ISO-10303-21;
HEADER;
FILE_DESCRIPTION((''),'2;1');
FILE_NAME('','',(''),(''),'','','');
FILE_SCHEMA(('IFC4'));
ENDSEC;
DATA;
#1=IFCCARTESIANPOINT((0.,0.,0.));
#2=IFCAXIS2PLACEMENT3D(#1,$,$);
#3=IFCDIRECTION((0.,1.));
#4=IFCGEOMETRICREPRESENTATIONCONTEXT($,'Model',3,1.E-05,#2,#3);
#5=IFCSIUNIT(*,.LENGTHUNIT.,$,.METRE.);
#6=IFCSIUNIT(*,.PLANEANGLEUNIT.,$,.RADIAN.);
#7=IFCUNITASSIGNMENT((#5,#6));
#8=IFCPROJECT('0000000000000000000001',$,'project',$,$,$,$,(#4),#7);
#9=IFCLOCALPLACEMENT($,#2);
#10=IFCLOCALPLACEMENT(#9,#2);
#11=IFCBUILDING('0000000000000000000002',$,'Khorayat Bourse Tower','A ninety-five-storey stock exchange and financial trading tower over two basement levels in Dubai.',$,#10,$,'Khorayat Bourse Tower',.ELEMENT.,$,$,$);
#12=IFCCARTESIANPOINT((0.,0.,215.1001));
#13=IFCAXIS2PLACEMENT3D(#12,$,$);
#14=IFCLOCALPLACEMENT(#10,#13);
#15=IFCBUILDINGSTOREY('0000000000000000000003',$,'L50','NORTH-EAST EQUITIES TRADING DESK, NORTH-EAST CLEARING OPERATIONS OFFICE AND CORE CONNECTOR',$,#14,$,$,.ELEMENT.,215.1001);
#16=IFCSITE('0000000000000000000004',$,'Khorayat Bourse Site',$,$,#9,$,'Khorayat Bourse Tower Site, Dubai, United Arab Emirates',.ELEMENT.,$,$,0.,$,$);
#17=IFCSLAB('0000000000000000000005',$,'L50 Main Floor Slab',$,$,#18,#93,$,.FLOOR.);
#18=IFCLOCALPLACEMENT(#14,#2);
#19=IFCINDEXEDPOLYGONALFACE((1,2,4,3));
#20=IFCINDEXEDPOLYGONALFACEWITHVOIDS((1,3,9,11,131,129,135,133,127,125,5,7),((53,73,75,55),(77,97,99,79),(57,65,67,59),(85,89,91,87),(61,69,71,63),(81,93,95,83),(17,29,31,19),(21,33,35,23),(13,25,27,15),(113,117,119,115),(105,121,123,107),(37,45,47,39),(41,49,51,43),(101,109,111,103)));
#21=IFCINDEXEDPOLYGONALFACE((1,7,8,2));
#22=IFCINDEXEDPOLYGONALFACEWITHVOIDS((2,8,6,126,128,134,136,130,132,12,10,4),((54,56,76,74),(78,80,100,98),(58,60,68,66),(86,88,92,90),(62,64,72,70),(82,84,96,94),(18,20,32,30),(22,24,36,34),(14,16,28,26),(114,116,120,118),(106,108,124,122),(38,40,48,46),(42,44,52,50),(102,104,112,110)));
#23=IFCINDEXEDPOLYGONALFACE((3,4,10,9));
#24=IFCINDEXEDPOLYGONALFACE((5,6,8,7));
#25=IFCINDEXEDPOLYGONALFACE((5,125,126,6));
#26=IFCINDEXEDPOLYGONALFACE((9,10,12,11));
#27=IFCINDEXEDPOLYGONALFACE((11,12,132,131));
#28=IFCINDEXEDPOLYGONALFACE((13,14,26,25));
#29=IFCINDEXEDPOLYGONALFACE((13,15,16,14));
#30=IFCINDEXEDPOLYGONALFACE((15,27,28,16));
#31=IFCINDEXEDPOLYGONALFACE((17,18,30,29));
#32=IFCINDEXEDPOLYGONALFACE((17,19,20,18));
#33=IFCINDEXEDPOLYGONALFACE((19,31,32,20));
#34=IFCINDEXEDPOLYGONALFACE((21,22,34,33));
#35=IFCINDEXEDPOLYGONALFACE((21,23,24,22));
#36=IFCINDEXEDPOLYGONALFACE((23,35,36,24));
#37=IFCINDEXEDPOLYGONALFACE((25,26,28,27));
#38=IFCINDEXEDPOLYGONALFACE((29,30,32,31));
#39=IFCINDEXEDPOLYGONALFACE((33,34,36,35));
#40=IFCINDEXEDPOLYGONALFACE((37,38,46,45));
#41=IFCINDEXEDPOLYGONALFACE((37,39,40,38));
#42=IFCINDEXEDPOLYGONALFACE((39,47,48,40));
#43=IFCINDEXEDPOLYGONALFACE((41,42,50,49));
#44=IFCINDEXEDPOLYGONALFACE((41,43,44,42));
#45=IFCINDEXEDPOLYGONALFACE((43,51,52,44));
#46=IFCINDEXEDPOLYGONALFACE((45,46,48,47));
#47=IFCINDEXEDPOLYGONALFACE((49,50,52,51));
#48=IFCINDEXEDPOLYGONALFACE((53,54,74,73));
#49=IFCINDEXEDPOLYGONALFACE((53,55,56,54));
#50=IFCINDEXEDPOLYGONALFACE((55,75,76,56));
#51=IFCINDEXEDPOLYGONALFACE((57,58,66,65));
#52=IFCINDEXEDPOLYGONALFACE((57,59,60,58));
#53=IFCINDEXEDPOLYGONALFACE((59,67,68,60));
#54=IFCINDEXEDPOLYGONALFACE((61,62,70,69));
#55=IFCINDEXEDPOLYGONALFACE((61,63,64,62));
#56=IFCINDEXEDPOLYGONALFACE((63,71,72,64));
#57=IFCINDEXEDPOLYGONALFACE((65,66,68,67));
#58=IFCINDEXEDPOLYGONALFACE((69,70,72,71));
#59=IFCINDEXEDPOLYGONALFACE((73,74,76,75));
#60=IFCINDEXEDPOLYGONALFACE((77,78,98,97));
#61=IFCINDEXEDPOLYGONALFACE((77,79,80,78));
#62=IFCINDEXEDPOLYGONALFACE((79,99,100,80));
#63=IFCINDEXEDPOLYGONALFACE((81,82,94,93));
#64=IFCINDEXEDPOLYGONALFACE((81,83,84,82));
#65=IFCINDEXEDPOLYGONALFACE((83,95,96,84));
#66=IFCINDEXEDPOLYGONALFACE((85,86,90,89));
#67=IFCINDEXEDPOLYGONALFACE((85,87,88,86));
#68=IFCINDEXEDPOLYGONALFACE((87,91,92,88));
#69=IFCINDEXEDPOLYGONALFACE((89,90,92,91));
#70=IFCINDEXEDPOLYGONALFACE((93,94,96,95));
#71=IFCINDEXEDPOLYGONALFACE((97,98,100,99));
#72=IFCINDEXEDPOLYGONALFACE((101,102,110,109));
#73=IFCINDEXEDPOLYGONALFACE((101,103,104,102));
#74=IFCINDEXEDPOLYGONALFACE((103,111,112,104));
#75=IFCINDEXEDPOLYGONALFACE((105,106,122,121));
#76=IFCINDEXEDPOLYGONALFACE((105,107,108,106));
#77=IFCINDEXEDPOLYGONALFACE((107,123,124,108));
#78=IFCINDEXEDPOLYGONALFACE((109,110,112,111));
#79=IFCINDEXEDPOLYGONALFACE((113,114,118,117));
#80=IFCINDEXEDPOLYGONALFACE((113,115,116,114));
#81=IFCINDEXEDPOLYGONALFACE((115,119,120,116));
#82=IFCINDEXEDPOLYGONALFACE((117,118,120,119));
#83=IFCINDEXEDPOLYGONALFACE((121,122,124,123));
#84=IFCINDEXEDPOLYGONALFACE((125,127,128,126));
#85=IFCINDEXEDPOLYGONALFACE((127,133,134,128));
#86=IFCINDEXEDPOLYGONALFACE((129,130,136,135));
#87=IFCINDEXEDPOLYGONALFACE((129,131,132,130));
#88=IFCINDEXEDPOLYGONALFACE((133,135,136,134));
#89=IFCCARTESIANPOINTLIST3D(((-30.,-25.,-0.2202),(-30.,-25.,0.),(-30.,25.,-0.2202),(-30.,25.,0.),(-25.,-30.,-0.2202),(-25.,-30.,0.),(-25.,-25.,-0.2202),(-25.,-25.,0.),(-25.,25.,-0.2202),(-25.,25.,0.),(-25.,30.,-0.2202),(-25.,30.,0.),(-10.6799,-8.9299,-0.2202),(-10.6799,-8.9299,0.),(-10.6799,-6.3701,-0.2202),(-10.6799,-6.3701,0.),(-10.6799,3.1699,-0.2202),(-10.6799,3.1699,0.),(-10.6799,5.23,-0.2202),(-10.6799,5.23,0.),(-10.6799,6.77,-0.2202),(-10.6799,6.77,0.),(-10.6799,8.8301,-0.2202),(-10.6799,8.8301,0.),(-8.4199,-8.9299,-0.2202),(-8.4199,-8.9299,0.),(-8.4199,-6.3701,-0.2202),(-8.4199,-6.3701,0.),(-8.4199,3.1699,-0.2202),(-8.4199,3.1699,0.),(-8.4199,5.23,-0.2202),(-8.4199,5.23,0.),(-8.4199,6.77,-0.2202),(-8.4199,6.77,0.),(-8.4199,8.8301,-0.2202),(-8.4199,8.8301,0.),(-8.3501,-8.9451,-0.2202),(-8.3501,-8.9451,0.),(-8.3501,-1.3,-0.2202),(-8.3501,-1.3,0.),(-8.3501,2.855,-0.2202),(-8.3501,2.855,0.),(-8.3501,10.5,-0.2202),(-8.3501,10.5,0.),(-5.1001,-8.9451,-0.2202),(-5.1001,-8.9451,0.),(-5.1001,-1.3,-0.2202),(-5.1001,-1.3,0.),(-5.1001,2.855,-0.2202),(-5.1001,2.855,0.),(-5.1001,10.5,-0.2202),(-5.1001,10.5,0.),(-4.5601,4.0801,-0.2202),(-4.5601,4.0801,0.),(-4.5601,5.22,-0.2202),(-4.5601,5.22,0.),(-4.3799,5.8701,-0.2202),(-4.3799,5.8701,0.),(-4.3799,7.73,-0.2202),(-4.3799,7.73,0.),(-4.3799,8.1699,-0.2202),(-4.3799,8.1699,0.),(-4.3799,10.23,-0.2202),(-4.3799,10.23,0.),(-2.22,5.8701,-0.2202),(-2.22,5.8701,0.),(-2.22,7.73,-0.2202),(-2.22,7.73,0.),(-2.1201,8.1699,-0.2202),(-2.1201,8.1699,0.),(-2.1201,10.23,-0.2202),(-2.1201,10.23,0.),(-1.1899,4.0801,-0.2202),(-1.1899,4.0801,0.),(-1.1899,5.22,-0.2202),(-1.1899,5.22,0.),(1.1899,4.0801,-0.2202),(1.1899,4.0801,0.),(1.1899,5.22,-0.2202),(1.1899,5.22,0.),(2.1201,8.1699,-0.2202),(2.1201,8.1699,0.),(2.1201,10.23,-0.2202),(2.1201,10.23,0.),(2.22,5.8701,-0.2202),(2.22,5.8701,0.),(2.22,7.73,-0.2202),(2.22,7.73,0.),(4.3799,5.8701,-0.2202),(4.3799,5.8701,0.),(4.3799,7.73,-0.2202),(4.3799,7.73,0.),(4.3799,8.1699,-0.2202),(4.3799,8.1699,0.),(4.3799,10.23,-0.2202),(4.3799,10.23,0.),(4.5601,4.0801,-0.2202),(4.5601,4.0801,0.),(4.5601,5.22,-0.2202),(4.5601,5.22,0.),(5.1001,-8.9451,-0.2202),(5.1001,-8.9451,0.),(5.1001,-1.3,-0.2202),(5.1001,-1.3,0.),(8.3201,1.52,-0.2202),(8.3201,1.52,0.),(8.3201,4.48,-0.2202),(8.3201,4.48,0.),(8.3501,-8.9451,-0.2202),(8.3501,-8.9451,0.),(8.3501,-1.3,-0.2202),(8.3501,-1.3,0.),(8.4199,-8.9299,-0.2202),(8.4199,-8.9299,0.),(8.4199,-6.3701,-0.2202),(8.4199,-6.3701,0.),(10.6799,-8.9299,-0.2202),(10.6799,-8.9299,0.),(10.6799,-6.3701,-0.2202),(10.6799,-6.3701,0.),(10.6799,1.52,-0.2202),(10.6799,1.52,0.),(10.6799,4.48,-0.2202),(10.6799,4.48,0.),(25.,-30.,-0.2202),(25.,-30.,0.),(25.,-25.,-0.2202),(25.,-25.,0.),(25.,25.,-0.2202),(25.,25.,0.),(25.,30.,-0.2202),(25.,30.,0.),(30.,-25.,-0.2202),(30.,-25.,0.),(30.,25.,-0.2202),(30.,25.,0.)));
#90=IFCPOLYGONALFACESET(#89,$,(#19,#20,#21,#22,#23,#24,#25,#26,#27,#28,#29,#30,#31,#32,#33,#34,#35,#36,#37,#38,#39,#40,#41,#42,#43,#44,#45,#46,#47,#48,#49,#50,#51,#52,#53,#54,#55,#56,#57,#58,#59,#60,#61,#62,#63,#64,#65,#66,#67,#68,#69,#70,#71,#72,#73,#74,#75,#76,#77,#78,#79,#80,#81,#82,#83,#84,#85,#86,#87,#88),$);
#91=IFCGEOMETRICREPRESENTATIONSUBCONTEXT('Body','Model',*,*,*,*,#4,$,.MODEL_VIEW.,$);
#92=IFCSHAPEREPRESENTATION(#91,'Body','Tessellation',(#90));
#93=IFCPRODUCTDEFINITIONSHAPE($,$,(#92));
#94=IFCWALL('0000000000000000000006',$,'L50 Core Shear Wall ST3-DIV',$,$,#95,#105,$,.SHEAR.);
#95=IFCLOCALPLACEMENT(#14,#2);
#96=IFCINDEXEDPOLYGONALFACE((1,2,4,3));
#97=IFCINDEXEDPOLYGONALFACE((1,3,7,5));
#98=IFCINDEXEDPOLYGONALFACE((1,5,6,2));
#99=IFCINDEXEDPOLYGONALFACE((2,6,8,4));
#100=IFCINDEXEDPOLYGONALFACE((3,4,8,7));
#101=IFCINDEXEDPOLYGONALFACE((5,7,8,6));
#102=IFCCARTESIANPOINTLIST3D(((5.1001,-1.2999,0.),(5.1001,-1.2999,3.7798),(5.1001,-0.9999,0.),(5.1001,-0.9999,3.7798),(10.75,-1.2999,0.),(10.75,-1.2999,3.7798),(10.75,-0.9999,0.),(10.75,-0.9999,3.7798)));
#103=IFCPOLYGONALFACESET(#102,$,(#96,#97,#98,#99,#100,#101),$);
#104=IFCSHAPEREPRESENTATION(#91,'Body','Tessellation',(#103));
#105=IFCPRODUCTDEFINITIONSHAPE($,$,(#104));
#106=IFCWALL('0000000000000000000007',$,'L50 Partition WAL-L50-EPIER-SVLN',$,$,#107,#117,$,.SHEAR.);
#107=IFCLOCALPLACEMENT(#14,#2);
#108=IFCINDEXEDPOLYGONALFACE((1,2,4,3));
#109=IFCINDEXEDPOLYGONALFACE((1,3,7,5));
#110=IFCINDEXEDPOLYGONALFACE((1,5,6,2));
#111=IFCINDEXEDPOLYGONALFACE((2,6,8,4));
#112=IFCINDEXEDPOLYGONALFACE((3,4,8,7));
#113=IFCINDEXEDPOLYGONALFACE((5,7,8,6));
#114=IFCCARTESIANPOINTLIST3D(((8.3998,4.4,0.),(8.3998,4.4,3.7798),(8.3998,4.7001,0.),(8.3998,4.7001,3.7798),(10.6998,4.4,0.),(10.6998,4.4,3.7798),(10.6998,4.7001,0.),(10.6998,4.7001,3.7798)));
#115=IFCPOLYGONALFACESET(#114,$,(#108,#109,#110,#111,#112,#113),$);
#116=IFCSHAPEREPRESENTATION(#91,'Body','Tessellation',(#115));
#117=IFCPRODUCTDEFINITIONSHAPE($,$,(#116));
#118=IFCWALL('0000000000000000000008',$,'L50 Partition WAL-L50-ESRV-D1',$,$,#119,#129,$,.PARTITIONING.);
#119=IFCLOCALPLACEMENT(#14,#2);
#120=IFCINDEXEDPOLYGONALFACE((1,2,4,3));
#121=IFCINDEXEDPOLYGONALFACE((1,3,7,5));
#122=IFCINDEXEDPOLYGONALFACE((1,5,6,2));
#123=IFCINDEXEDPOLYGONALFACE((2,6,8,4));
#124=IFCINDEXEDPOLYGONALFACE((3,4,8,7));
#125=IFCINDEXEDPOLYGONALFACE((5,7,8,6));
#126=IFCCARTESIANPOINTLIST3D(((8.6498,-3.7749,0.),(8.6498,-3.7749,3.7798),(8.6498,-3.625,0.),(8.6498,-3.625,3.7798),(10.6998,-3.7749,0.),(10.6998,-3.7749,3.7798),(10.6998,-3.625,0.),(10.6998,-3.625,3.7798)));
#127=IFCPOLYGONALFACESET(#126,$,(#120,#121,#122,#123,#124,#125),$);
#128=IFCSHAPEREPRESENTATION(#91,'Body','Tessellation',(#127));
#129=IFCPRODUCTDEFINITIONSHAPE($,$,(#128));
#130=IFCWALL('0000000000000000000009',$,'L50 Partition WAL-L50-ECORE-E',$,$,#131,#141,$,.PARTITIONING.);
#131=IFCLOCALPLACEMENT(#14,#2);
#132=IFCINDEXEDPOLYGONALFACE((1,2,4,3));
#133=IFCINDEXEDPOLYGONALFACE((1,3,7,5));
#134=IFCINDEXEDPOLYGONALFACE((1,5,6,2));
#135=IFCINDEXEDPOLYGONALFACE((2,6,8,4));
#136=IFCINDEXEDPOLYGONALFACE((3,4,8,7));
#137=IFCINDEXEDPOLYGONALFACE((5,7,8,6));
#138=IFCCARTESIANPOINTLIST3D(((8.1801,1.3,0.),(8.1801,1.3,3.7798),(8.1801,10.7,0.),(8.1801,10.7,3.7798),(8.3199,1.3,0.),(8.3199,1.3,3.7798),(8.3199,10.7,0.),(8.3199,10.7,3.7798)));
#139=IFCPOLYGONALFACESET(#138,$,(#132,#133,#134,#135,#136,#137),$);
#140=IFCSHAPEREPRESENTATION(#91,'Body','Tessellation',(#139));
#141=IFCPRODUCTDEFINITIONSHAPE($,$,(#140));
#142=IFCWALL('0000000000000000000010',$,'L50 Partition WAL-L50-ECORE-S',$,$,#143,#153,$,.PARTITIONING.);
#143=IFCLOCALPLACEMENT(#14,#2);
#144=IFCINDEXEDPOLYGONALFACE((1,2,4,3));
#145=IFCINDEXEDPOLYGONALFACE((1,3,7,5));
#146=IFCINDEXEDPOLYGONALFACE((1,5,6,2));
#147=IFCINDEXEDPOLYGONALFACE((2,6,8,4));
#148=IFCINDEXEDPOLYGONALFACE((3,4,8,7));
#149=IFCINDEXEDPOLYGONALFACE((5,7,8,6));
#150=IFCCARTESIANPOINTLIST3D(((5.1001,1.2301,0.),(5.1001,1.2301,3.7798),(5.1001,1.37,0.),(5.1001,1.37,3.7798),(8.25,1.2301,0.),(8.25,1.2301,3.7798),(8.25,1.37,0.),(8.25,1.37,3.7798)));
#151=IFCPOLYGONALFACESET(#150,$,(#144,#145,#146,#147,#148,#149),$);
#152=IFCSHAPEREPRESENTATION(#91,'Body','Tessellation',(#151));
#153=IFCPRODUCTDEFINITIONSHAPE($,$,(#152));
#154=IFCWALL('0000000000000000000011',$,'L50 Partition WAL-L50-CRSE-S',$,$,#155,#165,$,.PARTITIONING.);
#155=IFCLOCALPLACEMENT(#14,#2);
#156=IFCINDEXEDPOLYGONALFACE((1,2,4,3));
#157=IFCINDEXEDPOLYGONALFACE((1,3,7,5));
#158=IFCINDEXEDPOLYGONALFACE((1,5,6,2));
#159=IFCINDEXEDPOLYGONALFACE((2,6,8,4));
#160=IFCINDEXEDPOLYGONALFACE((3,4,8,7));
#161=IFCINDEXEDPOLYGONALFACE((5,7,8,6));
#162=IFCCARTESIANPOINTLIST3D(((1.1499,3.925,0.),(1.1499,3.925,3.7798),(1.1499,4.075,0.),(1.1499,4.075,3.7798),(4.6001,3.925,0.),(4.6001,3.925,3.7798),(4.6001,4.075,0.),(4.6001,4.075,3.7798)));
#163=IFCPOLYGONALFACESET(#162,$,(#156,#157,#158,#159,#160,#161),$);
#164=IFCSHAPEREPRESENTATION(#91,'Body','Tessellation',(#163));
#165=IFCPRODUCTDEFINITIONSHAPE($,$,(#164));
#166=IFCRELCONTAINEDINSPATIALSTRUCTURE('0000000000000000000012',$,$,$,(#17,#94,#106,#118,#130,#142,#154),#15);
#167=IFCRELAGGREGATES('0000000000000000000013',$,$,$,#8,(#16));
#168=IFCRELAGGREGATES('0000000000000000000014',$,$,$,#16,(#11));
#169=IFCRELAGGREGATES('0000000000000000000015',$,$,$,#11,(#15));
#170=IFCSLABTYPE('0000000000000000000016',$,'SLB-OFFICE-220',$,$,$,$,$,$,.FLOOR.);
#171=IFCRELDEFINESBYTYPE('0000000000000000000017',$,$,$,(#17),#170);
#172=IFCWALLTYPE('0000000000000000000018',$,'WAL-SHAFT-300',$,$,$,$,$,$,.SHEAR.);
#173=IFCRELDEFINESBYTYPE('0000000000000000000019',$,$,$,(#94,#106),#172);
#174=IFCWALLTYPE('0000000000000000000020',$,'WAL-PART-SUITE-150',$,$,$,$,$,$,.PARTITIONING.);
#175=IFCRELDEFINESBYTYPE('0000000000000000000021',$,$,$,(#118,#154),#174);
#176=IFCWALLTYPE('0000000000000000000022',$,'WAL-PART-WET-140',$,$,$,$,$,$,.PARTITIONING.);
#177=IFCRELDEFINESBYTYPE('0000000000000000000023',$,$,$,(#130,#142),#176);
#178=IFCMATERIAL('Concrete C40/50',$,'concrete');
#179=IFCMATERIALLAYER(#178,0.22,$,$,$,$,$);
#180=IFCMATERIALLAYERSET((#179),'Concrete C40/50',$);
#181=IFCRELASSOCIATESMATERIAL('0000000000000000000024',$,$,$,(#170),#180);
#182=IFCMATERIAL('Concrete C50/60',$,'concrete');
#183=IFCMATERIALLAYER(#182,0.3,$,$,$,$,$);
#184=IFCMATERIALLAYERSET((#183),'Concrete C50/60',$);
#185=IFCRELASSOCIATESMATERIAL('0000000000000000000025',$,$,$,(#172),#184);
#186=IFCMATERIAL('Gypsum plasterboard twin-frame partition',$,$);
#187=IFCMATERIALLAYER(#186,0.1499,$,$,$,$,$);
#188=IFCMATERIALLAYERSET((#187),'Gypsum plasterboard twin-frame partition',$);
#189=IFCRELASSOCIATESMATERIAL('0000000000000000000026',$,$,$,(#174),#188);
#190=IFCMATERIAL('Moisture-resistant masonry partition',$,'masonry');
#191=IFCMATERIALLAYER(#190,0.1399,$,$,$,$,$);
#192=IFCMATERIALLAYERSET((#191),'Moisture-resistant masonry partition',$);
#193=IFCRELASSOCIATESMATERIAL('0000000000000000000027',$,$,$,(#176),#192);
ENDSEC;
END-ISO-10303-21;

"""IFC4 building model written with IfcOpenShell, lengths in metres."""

from ifc_helpers import new_model, si_unit, direction, frame, frame_2d, origin, place, context, subcontext, project, spatial, polyline, rectangle, outline, extrude, source, transform, mapped, material, layer, layer_set, type_object, element, save


model = new_model("IFC4")

# Units and contexts
model_context = context("Model", 3, precision=1e-05, world=origin(), true_north=direction((0.0, 1.0)))
body_context = subcontext(model_context, "Body", "Model", "MODEL_VIEW")
ifc_project = project(units=[si_unit("LENGTHUNIT", "METRE"), si_unit("PLANEANGLEUNIT", "RADIAN")], contexts=[model_context])

# Site, building, storey
site_placement = place(None, origin())
site = spatial("IfcSite", under=ifc_project, at=site_placement, Name="Khorayat Bourse Site", LongName="Khorayat Bourse Tower Site, Dubai, United Arab Emirates", CompositionType="ELEMENT", RefElevation=0.0)
building_placement = place(site_placement, origin())
building = spatial("IfcBuilding", under=site, at=building_placement, Name="Khorayat Bourse Tower", Description="A ninety-five-storey stock exchange and financial trading tower over two basement levels in Dubai.", LongName="Khorayat Bourse Tower", CompositionType="ELEMENT")
storey_placement = place(building_placement, frame((0.0, 0.0, 215.1001)))
storey = spatial("IfcBuildingStorey", under=building, at=storey_placement, Name="L50", Description="NORTH-EAST EQUITIES TRADING DESK, NORTH-EAST CLEARING OPERATIONS OFFICE AND CORE CONNECTOR", CompositionType="ELEMENT", Elevation=215.1001)

# Shared definitions
ifc_material_1 = material(Name="Concrete C40/50", Category="concrete")

# Slab
ifc_layer_1 = layer(ifc_material_1, 0.22)
ifc_layer_set_1 = layer_set([ifc_layer_1], Name="Concrete C40/50")
slab_type_1 = type_object("IfcSlabType", Name="SLB-OFFICE-220", PredefinedType="FLOOR", material=ifc_layer_set_1)
slab_1_placement = place(storey_placement, frame((0.0, 0.0, -0.2202)))
element("IfcSlab", 1, at=slab_1_placement, inside=storey, type_object=slab_type_1, Name="L50 Main Floor Slab", PredefinedType="FLOOR", context=body_context, shape_type="SweptSolid", body=[
    extrude(outline(polyline([(-25.0, -30.0), (25.0, -30.0), (25.0, -25.0), (30.0, -25.0), (30.0, 25.0), (25.0, 25.0), (25.0, 30.0), (-25.0, 30.0), (-25.0, 25.0), (-30.0, 25.0), (-30.0, -25.0), (-25.0, -25.0), (-25.0, -30.0)]), holes=[polyline([(-8.3501, -8.9451), (-5.1001, -8.9451), (-5.1001, -1.3), (-8.3501, -1.3), (-8.3501, -8.9451)]), polyline([(-8.3501, 2.855), (-5.1001, 2.855), (-5.1001, 10.5), (-8.3501, 10.5), (-8.3501, 2.855)]), polyline([(5.1001, -8.9451), (8.3501, -8.9451), (8.3501, -1.3), (5.1001, -1.3), (5.1001, -8.9451)]), polyline([(-4.3799, 8.1699), (-2.1201, 8.1699), (-2.1201, 10.23), (-4.3799, 10.23), (-4.3799, 8.1699)]), polyline([(2.1201, 8.1699), (4.3799, 8.1699), (4.3799, 10.23), (2.1201, 10.23), (2.1201, 8.1699)]), polyline([(-4.3799, 5.8701), (-2.22, 5.8701), (-2.22, 7.73), (-4.3799, 7.73), (-4.3799, 5.8701)]), polyline([(2.22, 5.8701), (4.3799, 5.8701), (4.3799, 7.73), (2.22, 7.73), (2.22, 5.8701)]), polyline([(-10.6799, 3.1699), (-8.4199, 3.1699), (-8.4199, 5.23), (-10.6799, 5.23), (-10.6799, 3.1699)]), polyline([(-10.6799, 6.77), (-8.4199, 6.77), (-8.4199, 8.8301), (-10.6799, 8.8301), (-10.6799, 6.77)]), polyline([(-10.6799, -8.9299), (-8.4199, -8.9299), (-8.4199, -6.3701), (-10.6799, -6.3701), (-10.6799, -8.9299)]), polyline([(8.4199, -8.9299), (10.6799, -8.9299), (10.6799, -6.3701), (8.4199, -6.3701), (8.4199, -8.9299)]), polyline([(8.3201, 1.52), (10.6799, 1.52), (10.6799, 4.48), (8.3201, 4.48), (8.3201, 1.52)]), polyline([(-4.5601, 4.0801), (-1.1899, 4.0801), (-1.1899, 5.22), (-4.5601, 5.22), (-4.5601, 4.0801)]), polyline([(1.1899, 4.0801), (4.5601, 4.0801), (4.5601, 5.22), (1.1899, 5.22), (1.1899, 4.0801)])]), origin(), (0.0, 0.0, 1.0), 0.2202),
])

# Walls
ifc_material_2 = material(Name="Concrete C50/60", Category="concrete")
ifc_layer_2 = layer(ifc_material_2, 0.3)
ifc_layer_set_2 = layer_set([ifc_layer_2], Name="Concrete C50/60")
wall_type_1 = type_object("IfcWallType", Name="WAL-SHAFT-300", PredefinedType="SHEAR", material=ifc_layer_set_2)
shared_shape_1 = source(origin(), body_context, "Body", "SweptSolid", [
    extrude(rectangle(XDim=5.6499, YDim=0.3, at=frame_2d((2.825, 0.0))), origin(), (0.0, 0.0, 1.0), 3.7798),
])
wall_1_placement = place(storey_placement, frame((5.1001, -1.1499, 0.0), z_axis=(0.0, 0.0, 1.0), x_axis=(1.0, 0.0, 0.0)))
element("IfcWall", 2, at=wall_1_placement, inside=storey, type_object=wall_type_1, Name="L50 Core Shear Wall ST3-DIV", PredefinedType="SHEAR", context=body_context, shape_type="MappedRepresentation", body=[
    mapped(shared_shape_1, transform((0.0, 0.0, 0.0), scale=1.0)),
])
shared_shape_2 = source(origin(), body_context, "Body", "SweptSolid", [
    extrude(rectangle(XDim=2.3, YDim=0.3, at=frame_2d((1.1499, 0.0))), origin(), (0.0, 0.0, 1.0), 3.7798),
])
wall_2_placement = place(storey_placement, frame((8.3999, 4.55, 0.0), z_axis=(0.0, 0.0, 1.0), x_axis=(1.0, 0.0, 0.0)))
element("IfcWall", 3, at=wall_2_placement, inside=storey, type_object=wall_type_1, Name="L50 Partition WAL-L50-EPIER-SVLN", PredefinedType="SHEAR", context=body_context, shape_type="MappedRepresentation", body=[
    mapped(shared_shape_2, transform((0.0, 0.0, 0.0), scale=1.0)),
])
ifc_material_3 = material(Name="Gypsum plasterboard twin-frame partition")
ifc_layer_3 = layer(ifc_material_3, 0.1499)
ifc_layer_set_3 = layer_set([ifc_layer_3], Name="Gypsum plasterboard twin-frame partition")
wall_type_2 = type_object("IfcWallType", Name="WAL-PART-SUITE-150", PredefinedType="PARTITIONING", material=ifc_layer_set_3)
shared_shape_3 = source(origin(), body_context, "Body", "SweptSolid", [
    extrude(rectangle(XDim=2.05, YDim=0.1499, at=frame_2d((1.0249, 0.0))), origin(), (0.0, 0.0, 1.0), 3.7798),
])
wall_3_placement = place(storey_placement, frame((8.6499, -3.7, 0.0), z_axis=(0.0, 0.0, 1.0), x_axis=(1.0, 0.0, 0.0)))
element("IfcWall", 4, at=wall_3_placement, inside=storey, type_object=wall_type_2, Name="L50 Partition WAL-L50-ESRV-D1", PredefinedType="PARTITIONING", context=body_context, shape_type="MappedRepresentation", body=[
    mapped(shared_shape_3, transform((0.0, 0.0, 0.0), scale=1.0)),
])
ifc_material_4 = material(Name="Moisture-resistant masonry partition", Category="masonry")
ifc_layer_4 = layer(ifc_material_4, 0.1399)
ifc_layer_set_4 = layer_set([ifc_layer_4], Name="Moisture-resistant masonry partition")
wall_type_3 = type_object("IfcWallType", Name="WAL-PART-WET-140", PredefinedType="PARTITIONING", material=ifc_layer_set_4)
shared_shape_4 = source(origin(), body_context, "Body", "SweptSolid", [
    extrude(rectangle(XDim=9.3999, YDim=0.1399, at=frame_2d((4.7, 0.0))), origin(), (0.0, 0.0, 1.0), 3.7798),
])
wall_4_placement = place(storey_placement, frame((8.25, 1.3, 0.0), z_axis=(0.0, 0.0, 1.0), x_axis=(0.0, 1.0, 0.0)))
element("IfcWall", 5, at=wall_4_placement, inside=storey, type_object=wall_type_3, Name="L50 Partition WAL-L50-ECORE-E", PredefinedType="PARTITIONING", context=body_context, shape_type="MappedRepresentation", body=[
    mapped(shared_shape_4, transform((0.0, 0.0, 0.0), scale=1.0)),
])
shared_shape_5 = source(origin(), body_context, "Body", "SweptSolid", [
    extrude(rectangle(XDim=3.1499, YDim=0.1399, at=frame_2d((1.575, 0.0))), origin(), (0.0, 0.0, 1.0), 3.7798),
])
wall_5_placement = place(storey_placement, frame((5.1001, 1.3, 0.0), z_axis=(0.0, 0.0, 1.0), x_axis=(1.0, 0.0, 0.0)))
element("IfcWall", 6, at=wall_5_placement, inside=storey, type_object=wall_type_3, Name="L50 Partition WAL-L50-ECORE-S", PredefinedType="PARTITIONING", context=body_context, shape_type="MappedRepresentation", body=[
    mapped(shared_shape_5, transform((0.0, 0.0, 0.0), scale=1.0)),
])

# Wall
shared_shape_6 = source(origin(), body_context, "Body", "SweptSolid", [
    extrude(rectangle(XDim=3.4502, YDim=0.1499, at=frame_2d((1.7251, 0.0))), origin(), (0.0, 0.0, 1.0), 3.7798),
])
wall_6_placement = place(storey_placement, frame((1.1499, 4.0, 0.0), z_axis=(0.0, 0.0, 1.0), x_axis=(1.0, 0.0, 0.0)))
element("IfcWall", 7, at=wall_6_placement, inside=storey, type_object=wall_type_2, Name="L50 Partition WAL-L50-CRSE-S", PredefinedType="PARTITIONING", context=body_context, shape_type="MappedRepresentation", body=[
    mapped(shared_shape_6, transform((0.0, 0.0, 0.0), scale=1.0)),
])

save(model, "model.ifc")
